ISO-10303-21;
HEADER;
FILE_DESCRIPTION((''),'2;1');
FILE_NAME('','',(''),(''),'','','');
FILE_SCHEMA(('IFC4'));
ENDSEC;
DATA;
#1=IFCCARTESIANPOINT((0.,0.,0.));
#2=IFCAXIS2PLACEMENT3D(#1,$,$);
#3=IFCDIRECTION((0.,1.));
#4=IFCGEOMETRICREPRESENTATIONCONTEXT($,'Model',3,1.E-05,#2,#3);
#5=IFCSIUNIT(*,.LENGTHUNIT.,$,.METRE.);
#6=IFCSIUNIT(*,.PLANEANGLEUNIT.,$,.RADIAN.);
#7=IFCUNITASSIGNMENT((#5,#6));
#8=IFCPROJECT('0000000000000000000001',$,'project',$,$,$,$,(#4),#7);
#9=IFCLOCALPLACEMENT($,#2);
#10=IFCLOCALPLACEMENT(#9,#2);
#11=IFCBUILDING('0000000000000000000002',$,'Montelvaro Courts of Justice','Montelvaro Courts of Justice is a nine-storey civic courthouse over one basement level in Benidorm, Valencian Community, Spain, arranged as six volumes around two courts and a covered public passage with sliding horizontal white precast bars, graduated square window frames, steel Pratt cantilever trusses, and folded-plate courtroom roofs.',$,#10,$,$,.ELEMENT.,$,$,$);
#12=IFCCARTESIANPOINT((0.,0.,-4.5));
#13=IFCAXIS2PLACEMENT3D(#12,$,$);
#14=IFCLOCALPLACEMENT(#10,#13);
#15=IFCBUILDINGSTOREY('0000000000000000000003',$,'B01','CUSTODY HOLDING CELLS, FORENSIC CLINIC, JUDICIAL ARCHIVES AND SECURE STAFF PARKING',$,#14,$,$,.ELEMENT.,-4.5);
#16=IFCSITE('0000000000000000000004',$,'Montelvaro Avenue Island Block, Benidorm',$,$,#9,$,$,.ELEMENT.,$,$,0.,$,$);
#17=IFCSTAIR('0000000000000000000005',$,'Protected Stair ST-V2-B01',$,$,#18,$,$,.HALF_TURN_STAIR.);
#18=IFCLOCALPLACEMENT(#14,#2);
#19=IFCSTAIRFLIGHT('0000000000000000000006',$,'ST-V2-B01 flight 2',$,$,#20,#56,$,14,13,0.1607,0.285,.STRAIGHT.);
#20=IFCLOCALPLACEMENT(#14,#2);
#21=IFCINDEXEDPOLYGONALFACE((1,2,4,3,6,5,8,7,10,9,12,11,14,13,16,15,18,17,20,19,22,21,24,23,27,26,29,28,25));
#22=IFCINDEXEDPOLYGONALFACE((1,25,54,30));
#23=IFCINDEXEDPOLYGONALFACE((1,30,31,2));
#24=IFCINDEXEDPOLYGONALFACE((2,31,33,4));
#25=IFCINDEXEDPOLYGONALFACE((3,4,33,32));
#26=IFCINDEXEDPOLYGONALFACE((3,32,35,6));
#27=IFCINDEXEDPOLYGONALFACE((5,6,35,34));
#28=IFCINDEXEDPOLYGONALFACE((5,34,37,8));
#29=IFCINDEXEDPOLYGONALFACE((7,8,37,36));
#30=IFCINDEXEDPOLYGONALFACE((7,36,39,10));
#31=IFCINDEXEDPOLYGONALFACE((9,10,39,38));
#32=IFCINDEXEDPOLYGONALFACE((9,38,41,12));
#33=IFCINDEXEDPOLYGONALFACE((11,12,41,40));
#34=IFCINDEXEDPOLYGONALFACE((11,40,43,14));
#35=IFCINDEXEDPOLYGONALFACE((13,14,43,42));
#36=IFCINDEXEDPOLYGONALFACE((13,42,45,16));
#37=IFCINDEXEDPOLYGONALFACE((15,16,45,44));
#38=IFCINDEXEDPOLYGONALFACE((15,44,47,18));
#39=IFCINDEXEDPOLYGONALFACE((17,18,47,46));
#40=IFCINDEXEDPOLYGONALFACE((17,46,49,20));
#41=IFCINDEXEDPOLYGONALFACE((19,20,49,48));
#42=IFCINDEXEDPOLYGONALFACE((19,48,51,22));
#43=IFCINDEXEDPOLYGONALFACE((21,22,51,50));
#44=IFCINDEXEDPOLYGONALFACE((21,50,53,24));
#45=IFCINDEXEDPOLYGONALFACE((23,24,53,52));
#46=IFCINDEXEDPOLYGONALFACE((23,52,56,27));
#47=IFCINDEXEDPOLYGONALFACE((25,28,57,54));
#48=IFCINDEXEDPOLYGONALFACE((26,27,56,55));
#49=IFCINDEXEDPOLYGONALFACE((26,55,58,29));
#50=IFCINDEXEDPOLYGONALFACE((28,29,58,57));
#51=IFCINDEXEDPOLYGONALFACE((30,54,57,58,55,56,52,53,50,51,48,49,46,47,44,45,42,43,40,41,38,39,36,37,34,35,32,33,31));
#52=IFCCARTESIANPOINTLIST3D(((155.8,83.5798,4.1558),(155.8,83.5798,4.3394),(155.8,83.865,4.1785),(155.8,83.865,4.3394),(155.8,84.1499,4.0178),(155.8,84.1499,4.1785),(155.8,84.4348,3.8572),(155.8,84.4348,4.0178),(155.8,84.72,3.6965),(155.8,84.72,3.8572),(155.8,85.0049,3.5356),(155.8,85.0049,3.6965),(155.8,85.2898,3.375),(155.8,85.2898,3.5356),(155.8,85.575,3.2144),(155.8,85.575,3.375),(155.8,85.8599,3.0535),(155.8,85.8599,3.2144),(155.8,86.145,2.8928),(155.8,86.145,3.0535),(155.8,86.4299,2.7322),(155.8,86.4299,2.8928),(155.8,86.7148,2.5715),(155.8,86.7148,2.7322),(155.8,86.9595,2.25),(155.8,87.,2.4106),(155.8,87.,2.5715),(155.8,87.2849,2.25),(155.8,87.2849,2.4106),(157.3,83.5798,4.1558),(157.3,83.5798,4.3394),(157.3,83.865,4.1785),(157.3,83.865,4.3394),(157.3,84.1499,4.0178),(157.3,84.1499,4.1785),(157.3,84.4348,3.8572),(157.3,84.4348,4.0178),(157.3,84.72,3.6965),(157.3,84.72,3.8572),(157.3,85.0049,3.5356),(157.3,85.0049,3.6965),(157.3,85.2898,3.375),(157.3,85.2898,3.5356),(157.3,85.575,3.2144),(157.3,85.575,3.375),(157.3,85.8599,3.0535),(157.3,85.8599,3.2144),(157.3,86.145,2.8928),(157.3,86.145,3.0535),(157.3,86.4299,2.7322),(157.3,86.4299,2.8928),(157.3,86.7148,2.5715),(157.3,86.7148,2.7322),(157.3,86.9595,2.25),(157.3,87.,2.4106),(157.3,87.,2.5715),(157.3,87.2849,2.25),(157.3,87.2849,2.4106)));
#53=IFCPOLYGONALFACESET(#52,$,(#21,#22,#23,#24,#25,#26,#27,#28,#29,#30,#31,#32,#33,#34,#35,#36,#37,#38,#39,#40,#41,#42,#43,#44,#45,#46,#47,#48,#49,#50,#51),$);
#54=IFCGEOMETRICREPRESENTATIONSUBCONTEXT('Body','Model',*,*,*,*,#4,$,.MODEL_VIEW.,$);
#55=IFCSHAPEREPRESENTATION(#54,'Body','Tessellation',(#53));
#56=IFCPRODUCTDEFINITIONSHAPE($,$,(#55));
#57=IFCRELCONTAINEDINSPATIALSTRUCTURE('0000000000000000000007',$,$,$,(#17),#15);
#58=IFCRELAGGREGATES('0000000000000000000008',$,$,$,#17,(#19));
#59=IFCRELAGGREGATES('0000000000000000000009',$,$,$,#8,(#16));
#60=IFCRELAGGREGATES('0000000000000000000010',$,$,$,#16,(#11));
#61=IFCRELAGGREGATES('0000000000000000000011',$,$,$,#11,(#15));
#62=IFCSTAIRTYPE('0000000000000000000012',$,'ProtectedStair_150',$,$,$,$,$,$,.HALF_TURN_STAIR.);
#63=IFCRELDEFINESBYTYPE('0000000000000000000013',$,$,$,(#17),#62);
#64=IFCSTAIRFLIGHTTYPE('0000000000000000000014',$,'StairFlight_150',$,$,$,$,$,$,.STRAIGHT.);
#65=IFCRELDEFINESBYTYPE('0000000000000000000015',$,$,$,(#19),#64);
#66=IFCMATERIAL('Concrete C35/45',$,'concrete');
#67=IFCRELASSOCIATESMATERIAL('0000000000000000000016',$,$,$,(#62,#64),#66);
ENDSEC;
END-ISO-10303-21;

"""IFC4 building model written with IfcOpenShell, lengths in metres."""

from ifc_helpers import new_model, si_unit, direction, frame, origin, place, context, subcontext, project, spatial, polyline, outline, extrude, material, type_object, element, aggregate, save


model = new_model("IFC4")

# Units and contexts
model_context = context("Model", 3, precision=1e-05, world=origin(), true_north=direction((0.0, 1.0)))
body_context = subcontext(model_context, "Body", "Model", "MODEL_VIEW")
ifc_project = project(units=[si_unit("LENGTHUNIT", "METRE"), si_unit("PLANEANGLEUNIT", "RADIAN")], contexts=[model_context])

# Site, building, storey
site_placement = place(None, origin())
site = spatial("IfcSite", under=ifc_project, at=site_placement, Name="Montelvaro Avenue Island Block, Benidorm", CompositionType="ELEMENT", RefElevation=0.0)
building_placement = place(site_placement, origin())
building = spatial("IfcBuilding", under=site, at=building_placement, Name="Montelvaro Courts of Justice", Description="Montelvaro Courts of Justice is a nine-storey civic courthouse over one basement level in Benidorm, Valencian Community, Spain, arranged as six volumes around two courts and a covered public passage with sliding horizontal white precast bars, graduated square window frames, steel Pratt cantilever trusses, and folded-plate courtroom roofs.", CompositionType="ELEMENT")
storey_placement = place(building_placement, frame((0.0, 0.0, -4.5)))
storey = spatial("IfcBuildingStorey", under=building, at=storey_placement, Name="B01", Description="CUSTODY HOLDING CELLS, FORENSIC CLINIC, JUDICIAL ARCHIVES AND SECURE STAFF PARKING", CompositionType="ELEMENT", Elevation=-4.5)

# Shared definitions
ifc_material_1 = material(Name="Concrete C35/45", Category="concrete")

# Stair, stair flight
stair_type = type_object("IfcStairType", Name="ProtectedStair_150", PredefinedType="HALF_TURN_STAIR", material=ifc_material_1)
stair_placement = place(storey_placement, origin())
stair = element("IfcStair", 1, at=stair_placement, inside=storey, type_object=stair_type, Name="Protected Stair ST-V2-B01", PredefinedType="HALF_TURN_STAIR")
stair_flight_type = type_object("IfcStairFlightType", Name="StairFlight_150", PredefinedType="STRAIGHT", material=ifc_material_1)
stair_flight_1_placement = place(storey_placement, frame((156.55, 87.2849, 2.25), z_axis=(0.0, 0.0, 1.0), x_axis=(0.0, -1.0, 0.0)))
stair_flight_1 = element("IfcStairFlight", 2, at=stair_flight_1_placement, type_object=stair_flight_type, Name="ST-V2-B01 flight 2", NumberOfRisers=14, NumberOfTreads=13, PredefinedType="STRAIGHT", RiserHeight=0.1607, TreadLength=0.285, context=body_context, shape_type="SweptSolid", body=[
    extrude(outline(polyline([(0.0, 0.0), (0.0, 0.1606), (0.2849, 0.1606), (0.2849, 0.3215), (0.5701, 0.3215), (0.5701, 0.4822), (0.855, 0.4822), (0.855, 0.6428), (1.1399, 0.6428), (1.1399, 0.8035), (1.425, 0.8035), (1.425, 0.9644), (1.71, 0.9644), (1.71, 1.125), (1.9951, 1.125), (1.9951, 1.2856), (2.28, 1.2856), (2.28, 1.4465), (2.5649, 1.4465), (2.5649, 1.6072), (2.8501, 1.6072), (2.8501, 1.7678), (3.135, 1.7678), (3.135, 1.9285), (3.4199, 1.9285), (3.4199, 2.0894), (3.7051, 2.0894), (3.7051, 2.25), (3.7051, 1.9058), (0.3254, 0.0), (0.0, 0.0)])), frame((0.0, 0.75, 0.0), z_axis=(0.0, -1.0, 0.0), x_axis=(1.0, 0.0, 0.0)), (0.0, 0.0, 1.0), 1.5),
])
aggregate(stair, [stair_flight_1])

save(model, "model.ifc")
